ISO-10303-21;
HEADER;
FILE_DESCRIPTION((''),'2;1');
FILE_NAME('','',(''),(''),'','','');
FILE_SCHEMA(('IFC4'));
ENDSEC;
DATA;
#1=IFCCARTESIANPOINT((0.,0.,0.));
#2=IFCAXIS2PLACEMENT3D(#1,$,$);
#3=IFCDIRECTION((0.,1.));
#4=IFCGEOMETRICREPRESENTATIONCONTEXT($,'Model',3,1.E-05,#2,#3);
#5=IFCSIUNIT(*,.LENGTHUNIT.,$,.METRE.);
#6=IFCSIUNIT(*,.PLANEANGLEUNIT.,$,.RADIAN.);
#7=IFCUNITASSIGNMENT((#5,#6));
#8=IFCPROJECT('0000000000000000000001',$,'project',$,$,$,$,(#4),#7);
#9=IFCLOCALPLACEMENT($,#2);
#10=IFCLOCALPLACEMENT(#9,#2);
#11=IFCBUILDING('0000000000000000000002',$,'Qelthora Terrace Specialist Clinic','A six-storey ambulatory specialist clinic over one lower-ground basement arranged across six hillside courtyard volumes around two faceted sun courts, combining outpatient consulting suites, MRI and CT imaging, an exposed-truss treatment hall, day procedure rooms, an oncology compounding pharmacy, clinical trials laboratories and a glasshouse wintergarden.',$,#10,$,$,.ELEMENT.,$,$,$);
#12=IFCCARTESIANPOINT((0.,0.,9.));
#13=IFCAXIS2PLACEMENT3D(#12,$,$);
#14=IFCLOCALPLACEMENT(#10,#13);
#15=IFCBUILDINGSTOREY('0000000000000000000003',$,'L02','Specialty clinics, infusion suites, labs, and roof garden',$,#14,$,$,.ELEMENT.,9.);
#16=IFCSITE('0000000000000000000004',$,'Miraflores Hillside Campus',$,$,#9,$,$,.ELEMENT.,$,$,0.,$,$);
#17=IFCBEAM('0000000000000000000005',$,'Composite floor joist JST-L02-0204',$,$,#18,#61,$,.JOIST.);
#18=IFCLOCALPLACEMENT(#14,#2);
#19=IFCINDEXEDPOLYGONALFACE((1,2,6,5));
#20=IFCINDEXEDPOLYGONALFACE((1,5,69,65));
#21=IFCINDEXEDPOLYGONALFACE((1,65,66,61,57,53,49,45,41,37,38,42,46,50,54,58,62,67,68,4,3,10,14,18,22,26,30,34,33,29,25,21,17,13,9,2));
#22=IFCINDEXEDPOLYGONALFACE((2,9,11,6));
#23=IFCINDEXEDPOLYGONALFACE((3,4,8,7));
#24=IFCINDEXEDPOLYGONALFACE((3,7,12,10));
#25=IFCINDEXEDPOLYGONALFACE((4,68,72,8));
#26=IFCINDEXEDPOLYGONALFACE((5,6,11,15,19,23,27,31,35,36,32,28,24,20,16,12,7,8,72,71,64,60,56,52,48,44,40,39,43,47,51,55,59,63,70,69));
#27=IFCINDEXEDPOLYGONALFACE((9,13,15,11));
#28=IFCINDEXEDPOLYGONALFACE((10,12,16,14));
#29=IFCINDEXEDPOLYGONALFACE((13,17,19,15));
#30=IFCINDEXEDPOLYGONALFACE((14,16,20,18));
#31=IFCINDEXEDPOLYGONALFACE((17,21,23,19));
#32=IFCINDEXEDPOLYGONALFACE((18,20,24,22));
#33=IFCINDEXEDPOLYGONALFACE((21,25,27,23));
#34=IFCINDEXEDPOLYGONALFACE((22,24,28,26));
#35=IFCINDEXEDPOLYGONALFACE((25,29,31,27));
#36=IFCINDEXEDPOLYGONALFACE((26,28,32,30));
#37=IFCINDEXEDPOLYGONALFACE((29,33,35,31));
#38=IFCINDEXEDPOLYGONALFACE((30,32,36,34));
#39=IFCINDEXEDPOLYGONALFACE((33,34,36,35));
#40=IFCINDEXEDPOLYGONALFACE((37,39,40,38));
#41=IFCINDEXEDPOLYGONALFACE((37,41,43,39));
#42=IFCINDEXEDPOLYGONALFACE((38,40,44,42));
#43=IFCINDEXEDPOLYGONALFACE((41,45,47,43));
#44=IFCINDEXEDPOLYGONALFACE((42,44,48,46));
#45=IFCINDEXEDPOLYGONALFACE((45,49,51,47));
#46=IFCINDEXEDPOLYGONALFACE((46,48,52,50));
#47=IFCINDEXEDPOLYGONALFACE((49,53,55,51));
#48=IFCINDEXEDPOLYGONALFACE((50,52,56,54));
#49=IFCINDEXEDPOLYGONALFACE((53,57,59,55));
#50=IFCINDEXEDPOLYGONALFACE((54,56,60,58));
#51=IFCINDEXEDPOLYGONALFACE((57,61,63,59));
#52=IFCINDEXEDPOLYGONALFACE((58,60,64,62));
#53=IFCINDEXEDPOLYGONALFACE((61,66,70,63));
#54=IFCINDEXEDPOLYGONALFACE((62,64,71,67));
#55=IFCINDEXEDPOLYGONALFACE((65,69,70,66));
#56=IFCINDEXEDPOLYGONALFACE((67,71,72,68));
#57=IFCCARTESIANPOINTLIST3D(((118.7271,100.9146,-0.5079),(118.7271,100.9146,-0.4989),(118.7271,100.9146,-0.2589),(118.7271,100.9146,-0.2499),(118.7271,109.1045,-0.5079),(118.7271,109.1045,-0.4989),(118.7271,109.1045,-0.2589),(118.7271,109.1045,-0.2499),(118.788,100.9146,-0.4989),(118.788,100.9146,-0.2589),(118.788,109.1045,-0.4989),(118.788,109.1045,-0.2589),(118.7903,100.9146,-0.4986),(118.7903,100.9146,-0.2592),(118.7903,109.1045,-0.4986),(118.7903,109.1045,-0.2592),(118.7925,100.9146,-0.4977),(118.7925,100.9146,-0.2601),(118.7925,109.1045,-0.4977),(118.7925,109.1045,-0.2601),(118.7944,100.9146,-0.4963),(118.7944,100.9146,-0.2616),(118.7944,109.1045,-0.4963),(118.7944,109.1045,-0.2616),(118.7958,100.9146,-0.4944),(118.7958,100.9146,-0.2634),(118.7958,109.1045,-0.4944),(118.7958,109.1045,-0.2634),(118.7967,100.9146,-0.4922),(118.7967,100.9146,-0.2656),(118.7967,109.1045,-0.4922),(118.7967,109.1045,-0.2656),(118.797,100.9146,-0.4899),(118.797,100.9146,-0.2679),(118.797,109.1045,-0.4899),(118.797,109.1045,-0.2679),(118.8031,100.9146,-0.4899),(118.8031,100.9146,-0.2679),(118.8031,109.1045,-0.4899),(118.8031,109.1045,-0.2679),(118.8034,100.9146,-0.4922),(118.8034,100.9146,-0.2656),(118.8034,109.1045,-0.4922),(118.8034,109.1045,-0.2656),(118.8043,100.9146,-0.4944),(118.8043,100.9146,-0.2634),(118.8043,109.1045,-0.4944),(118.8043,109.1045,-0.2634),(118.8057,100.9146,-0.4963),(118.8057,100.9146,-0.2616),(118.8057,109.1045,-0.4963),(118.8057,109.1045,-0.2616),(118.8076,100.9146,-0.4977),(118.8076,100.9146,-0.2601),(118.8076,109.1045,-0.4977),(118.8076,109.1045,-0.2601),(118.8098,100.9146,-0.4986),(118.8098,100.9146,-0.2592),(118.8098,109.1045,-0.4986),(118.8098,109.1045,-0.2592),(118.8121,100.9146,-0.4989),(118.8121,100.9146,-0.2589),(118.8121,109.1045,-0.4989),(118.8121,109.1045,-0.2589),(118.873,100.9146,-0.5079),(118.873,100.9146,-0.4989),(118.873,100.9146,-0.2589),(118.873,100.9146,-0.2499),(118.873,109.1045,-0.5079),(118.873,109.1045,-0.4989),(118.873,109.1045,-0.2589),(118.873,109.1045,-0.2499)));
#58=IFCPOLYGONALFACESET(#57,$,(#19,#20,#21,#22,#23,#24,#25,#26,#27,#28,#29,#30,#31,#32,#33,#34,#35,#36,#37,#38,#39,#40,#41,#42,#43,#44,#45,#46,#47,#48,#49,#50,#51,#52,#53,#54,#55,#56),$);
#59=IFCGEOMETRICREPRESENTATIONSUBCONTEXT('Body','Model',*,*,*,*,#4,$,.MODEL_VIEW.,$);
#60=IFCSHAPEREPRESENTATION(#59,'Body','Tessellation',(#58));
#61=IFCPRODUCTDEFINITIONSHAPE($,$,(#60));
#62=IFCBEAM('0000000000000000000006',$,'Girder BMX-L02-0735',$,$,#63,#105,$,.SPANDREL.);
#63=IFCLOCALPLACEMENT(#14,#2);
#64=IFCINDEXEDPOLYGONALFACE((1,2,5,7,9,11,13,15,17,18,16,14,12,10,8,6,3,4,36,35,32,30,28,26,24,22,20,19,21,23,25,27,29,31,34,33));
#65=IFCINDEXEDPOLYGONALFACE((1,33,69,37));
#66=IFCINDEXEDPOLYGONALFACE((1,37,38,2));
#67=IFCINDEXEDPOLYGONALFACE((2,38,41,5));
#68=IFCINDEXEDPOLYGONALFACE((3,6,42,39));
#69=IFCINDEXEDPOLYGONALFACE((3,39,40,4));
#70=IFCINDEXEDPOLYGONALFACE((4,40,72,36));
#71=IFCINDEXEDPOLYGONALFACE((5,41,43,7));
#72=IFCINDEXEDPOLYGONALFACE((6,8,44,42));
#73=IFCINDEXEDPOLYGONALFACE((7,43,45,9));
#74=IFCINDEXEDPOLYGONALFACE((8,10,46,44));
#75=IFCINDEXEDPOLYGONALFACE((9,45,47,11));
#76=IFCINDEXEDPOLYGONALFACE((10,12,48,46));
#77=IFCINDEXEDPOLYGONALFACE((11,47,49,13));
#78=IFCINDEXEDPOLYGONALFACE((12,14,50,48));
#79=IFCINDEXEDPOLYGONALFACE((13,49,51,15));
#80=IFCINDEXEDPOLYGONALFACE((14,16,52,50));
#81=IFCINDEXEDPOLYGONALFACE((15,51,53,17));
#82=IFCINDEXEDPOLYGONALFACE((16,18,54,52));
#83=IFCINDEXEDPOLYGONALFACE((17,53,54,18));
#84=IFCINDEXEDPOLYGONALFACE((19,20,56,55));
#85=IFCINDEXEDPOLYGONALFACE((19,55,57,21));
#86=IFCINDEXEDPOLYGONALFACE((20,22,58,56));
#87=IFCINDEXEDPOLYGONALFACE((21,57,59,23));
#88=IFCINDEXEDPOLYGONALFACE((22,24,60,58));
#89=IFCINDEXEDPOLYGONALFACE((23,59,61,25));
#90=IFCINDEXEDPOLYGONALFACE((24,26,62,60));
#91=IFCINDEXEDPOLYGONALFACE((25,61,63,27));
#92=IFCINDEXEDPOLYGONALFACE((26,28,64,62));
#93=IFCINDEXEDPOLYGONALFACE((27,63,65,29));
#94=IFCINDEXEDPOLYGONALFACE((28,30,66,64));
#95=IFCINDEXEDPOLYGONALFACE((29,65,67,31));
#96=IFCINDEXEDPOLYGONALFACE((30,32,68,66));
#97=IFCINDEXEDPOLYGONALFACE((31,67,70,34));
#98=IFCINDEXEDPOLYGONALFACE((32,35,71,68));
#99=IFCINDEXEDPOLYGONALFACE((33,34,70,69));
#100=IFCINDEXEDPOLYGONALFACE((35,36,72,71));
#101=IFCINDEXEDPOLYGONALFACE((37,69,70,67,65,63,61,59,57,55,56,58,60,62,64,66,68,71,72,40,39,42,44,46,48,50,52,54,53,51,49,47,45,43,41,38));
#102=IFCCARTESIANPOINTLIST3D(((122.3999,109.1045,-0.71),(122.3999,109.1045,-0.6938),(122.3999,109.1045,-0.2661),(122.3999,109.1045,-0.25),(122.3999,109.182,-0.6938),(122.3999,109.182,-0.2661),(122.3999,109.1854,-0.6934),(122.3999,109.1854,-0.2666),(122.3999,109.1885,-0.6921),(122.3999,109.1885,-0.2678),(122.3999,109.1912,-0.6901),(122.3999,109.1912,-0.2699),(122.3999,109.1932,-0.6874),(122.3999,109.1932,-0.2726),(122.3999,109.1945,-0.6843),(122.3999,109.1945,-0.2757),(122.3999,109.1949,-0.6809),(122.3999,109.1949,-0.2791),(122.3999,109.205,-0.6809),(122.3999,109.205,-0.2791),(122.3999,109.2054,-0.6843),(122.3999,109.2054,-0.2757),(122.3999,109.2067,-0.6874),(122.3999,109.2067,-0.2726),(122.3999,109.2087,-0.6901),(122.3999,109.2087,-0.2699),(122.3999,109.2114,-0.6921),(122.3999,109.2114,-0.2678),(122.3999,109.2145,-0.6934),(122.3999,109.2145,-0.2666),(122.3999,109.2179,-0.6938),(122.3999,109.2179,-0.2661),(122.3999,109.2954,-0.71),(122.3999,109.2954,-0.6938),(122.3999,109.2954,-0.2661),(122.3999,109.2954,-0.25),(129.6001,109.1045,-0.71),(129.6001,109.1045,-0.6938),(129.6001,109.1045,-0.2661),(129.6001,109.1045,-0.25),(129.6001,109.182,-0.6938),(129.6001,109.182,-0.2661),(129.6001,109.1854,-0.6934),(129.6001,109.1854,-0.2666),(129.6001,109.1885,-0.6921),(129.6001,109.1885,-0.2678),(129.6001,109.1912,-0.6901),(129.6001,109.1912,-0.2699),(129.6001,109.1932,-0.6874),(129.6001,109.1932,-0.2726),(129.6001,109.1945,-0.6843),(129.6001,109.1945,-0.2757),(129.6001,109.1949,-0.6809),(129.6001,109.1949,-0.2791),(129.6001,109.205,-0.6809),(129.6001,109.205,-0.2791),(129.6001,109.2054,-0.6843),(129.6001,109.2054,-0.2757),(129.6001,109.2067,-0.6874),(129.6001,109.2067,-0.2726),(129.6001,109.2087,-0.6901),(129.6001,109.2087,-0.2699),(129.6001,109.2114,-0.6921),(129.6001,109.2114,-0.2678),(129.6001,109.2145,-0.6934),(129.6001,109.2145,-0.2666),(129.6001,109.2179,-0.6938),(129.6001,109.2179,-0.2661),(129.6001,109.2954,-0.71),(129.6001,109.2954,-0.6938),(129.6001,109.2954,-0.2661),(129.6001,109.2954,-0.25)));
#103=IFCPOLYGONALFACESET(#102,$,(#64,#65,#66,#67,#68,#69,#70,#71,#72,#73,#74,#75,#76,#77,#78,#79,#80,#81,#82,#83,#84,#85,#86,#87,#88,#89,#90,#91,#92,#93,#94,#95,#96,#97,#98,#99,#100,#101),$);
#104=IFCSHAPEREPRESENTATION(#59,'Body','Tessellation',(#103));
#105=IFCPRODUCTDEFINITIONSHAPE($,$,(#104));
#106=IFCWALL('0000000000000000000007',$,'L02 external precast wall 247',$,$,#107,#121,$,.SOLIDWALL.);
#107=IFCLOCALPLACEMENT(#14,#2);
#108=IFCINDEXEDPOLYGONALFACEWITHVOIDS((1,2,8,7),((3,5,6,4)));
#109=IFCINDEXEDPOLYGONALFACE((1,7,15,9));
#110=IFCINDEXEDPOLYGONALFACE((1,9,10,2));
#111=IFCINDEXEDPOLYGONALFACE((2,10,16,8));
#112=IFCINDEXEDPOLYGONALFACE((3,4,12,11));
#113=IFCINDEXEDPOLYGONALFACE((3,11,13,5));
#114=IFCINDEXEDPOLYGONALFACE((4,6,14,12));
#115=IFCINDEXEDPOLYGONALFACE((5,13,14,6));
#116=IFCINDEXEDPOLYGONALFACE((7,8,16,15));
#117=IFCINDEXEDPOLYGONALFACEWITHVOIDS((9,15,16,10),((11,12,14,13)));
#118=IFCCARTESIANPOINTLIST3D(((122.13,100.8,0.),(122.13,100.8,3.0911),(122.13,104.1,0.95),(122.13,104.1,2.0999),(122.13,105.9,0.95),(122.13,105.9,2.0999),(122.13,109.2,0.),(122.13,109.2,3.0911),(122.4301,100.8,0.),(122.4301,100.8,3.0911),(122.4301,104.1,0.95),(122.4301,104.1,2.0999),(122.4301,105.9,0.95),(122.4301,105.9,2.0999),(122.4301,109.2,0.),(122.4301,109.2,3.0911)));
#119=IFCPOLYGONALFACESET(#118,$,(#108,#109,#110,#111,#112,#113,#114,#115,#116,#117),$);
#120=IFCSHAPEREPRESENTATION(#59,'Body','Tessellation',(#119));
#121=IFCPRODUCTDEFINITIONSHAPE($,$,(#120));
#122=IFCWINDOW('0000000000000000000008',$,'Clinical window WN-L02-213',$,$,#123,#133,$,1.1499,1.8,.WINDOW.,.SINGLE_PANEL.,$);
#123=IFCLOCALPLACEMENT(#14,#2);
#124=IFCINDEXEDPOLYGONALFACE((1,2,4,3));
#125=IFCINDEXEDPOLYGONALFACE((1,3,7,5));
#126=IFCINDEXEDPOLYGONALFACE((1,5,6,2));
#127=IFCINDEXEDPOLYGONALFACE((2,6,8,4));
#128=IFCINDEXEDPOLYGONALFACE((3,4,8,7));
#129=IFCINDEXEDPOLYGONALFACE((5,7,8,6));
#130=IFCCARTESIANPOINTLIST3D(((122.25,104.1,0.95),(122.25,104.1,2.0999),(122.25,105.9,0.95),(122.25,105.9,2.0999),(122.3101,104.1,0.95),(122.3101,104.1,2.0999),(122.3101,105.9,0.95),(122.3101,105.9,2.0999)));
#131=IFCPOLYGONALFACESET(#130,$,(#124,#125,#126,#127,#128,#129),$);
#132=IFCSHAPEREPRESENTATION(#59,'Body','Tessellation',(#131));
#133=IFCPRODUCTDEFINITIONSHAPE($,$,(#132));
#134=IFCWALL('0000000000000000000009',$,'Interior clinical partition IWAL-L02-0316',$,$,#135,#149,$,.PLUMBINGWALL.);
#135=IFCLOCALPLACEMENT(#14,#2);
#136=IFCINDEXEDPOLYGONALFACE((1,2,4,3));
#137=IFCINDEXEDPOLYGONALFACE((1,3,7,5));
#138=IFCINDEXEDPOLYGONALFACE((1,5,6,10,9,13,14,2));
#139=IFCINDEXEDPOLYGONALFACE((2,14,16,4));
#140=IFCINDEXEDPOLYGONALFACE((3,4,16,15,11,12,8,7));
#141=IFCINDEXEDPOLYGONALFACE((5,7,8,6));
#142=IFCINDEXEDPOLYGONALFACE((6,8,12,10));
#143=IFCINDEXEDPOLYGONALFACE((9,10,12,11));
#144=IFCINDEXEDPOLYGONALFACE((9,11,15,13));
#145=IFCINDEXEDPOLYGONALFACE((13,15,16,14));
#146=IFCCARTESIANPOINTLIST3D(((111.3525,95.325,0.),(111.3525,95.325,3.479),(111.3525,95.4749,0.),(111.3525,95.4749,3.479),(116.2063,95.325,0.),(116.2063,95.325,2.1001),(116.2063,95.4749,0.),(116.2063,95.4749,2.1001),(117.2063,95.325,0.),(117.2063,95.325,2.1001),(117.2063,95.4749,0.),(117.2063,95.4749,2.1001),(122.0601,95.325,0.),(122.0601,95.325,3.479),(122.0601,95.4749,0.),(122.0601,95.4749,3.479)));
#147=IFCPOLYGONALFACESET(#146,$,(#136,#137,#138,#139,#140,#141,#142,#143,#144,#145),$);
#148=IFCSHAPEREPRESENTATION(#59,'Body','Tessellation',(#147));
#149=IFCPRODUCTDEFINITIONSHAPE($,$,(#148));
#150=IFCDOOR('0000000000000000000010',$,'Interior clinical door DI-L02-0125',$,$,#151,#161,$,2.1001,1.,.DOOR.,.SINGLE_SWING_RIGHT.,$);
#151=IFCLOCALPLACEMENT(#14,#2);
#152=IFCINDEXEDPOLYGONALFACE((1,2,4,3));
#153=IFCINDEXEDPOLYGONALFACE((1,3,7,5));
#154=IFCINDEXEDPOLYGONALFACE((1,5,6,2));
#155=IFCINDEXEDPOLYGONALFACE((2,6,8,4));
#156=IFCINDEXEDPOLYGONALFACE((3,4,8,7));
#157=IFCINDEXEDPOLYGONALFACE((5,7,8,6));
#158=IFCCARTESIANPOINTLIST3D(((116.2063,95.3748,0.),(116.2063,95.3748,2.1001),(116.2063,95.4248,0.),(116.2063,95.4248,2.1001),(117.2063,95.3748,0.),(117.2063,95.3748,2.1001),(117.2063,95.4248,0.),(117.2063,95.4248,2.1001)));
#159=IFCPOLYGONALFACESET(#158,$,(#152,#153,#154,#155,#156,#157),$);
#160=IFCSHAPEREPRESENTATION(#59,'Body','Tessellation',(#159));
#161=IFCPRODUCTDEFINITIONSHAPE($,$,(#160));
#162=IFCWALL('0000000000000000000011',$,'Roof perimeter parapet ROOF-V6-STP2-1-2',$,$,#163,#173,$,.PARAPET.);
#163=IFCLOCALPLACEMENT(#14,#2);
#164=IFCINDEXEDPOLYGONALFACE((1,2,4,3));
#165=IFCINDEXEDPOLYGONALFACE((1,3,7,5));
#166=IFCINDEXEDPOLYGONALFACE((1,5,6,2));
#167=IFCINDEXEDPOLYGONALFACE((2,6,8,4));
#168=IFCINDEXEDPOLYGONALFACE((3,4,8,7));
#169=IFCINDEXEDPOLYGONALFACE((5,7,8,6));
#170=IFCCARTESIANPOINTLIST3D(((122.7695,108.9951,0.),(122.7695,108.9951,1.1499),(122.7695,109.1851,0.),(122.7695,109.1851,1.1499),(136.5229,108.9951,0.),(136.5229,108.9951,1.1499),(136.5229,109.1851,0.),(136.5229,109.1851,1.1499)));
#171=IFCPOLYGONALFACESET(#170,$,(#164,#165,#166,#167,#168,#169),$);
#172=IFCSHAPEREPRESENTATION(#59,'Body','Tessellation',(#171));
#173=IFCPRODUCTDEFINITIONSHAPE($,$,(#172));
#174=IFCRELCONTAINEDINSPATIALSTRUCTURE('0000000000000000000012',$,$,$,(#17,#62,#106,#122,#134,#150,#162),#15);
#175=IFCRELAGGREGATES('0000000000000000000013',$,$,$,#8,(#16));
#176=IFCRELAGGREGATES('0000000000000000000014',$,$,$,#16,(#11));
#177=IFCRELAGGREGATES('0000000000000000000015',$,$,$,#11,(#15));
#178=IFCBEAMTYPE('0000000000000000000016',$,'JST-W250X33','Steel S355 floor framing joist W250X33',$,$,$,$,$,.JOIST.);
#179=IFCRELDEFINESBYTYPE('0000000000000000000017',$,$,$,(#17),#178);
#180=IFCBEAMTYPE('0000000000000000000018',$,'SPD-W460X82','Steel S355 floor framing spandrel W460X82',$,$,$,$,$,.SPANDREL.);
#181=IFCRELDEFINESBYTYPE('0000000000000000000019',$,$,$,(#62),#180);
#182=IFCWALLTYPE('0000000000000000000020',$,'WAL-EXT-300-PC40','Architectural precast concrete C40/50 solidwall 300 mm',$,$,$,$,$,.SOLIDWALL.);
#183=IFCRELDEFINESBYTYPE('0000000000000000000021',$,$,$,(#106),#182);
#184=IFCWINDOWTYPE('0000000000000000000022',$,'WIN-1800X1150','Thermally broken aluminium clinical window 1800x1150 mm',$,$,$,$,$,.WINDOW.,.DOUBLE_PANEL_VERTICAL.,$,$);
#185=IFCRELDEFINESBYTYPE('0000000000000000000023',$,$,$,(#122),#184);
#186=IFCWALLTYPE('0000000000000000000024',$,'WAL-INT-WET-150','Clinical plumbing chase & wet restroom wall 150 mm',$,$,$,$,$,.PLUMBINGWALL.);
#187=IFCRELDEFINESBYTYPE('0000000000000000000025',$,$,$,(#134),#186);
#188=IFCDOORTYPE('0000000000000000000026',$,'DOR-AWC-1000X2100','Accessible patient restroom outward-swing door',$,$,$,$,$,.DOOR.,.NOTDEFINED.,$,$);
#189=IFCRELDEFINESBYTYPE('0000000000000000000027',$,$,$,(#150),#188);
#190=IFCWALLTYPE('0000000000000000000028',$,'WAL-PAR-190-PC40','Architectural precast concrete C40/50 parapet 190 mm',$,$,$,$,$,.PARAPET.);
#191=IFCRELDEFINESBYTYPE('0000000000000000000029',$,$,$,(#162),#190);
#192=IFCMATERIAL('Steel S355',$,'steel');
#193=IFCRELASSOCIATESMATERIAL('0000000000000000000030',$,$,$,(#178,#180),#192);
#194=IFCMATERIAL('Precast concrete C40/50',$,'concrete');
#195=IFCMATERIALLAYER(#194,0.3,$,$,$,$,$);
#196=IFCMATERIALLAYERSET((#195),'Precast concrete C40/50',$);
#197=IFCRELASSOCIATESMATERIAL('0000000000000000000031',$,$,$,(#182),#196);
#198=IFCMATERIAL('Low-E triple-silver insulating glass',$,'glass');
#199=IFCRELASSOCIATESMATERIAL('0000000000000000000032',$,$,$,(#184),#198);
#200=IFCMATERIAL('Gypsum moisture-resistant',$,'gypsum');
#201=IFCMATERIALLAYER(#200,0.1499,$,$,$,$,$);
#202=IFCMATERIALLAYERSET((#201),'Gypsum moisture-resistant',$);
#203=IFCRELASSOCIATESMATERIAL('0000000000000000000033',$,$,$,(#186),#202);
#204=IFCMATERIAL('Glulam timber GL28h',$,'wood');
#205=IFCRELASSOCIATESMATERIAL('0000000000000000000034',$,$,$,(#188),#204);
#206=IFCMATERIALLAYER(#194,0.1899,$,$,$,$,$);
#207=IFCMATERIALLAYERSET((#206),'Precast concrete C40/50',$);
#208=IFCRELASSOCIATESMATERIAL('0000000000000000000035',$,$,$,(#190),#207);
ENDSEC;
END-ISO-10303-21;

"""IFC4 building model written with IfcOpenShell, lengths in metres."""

from ifc_helpers import new_model, si_unit, direction, frame, frame_2d, origin, origin_2d, place, context, subcontext, project, spatial, rectangle, i_section, extrude, material, layer, layer_set, material_profile, profile_set, type_object, element, fill, save


model = new_model("IFC4")

# Units and contexts
model_context = context("Model", 3, precision=1e-05, world=origin(), true_north=direction((0.0, 1.0)))
body_context = subcontext(model_context, "Body", "Model", "MODEL_VIEW")
ifc_project = project(units=[si_unit("LENGTHUNIT", "METRE"), si_unit("PLANEANGLEUNIT", "RADIAN")], contexts=[model_context])

# Site, building, storey
site_placement = place(None, origin())
site = spatial("IfcSite", under=ifc_project, at=site_placement, Name="Miraflores Hillside Campus", CompositionType="ELEMENT", RefElevation=0.0)
building_placement = place(site_placement, origin())
building = spatial("IfcBuilding", under=site, at=building_placement, Name="Qelthora Terrace Specialist Clinic", Description="A six-storey ambulatory specialist clinic over one lower-ground basement arranged across six hillside courtyard volumes around two faceted sun courts, combining outpatient consulting suites, MRI and CT imaging, an exposed-truss treatment hall, day procedure rooms, an oncology compounding pharmacy, clinical trials laboratories and a glasshouse wintergarden.", CompositionType="ELEMENT")
storey_placement = place(building_placement, frame((0.0, 0.0, 9.0)))
storey = spatial("IfcBuildingStorey", under=building, at=storey_placement, Name="L02", Description="Specialty clinics, infusion suites, labs, and roof garden", CompositionType="ELEMENT", Elevation=9.0)

# Shared definitions
ifc_material_1 = material(Name="Steel S355", Category="steel")

# Beams
ifc_material_profile_1 = material_profile(ifc_material_1, i_section(OverallWidth=0.146, OverallDepth=0.2581, WebThickness=0.0061, FlangeThickness=0.009, FilletRadius=0.009, at=origin_2d()), Name="W250X33")
ifc_profile_set_1 = profile_set([ifc_material_profile_1], Name="Steel S355")
beam_type_1 = type_object("IfcBeamType", Name="JST-W250X33", Description="Steel S355 floor framing joist W250X33", PredefinedType="JOIST", material=ifc_profile_set_1)
beam_1_placement = place(storey_placement, frame((118.8, 100.9146, -0.3789), z_axis=(0.0, 1.0, 0.0), x_axis=(-1.0, 0.0, 0.0)))
element("IfcBeam", 1, at=beam_1_placement, inside=storey, type_object=beam_type_1, Name="Composite floor joist JST-L02-0204", PredefinedType="JOIST", context=body_context, shape_type="SweptSolid", body=[
    extrude(i_section(OverallWidth=0.146, OverallDepth=0.2581, WebThickness=0.0061, FlangeThickness=0.009, FilletRadius=0.009, at=origin_2d()), origin(), (0.0, 0.0, 1.0), 8.1899),
])
ifc_material_profile_2 = material_profile(ifc_material_1, i_section(OverallWidth=0.1909, OverallDepth=0.46, WebThickness=0.01, FlangeThickness=0.0161, FilletRadius=0.0129, at=origin_2d()), Name="W460X82")
ifc_profile_set_2 = profile_set([ifc_material_profile_2], Name="Steel S355")
beam_type_2 = type_object("IfcBeamType", Name="SPD-W460X82", Description="Steel S355 floor framing spandrel W460X82", PredefinedType="SPANDREL", material=ifc_profile_set_2)
beam_2_placement = place(storey_placement, frame((122.3999, 109.2, -0.48), z_axis=(1.0, 0.0, 0.0), x_axis=(0.0, 1.0, 0.0)))
element("IfcBeam", 2, at=beam_2_placement, inside=storey, type_object=beam_type_2, Name="Girder BMX-L02-0735", PredefinedType="SPANDREL", context=body_context, shape_type="SweptSolid", body=[
    extrude(i_section(OverallWidth=0.1909, OverallDepth=0.46, WebThickness=0.01, FlangeThickness=0.0161, FilletRadius=0.0129, at=origin_2d()), origin(), (0.0, 0.0, 1.0), 7.2002),
])

# Wall, opening, window
ifc_material_2 = material(Name="Precast concrete C40/50", Category="concrete")
ifc_layer_1 = layer(ifc_material_2, 0.3)
ifc_layer_set_1 = layer_set([ifc_layer_1], Name="Precast concrete C40/50")
wall_type_1 = type_object("IfcWallType", Name="WAL-EXT-300-PC40", Description="Architectural precast concrete C40/50 solidwall 300 mm", PredefinedType="SOLIDWALL", material=ifc_layer_set_1)
wall_1_placement = place(storey_placement, frame((122.28, 100.8, 0.0), z_axis=(0.0, 0.0, 1.0), x_axis=(0.0, 1.0, 0.0)))
wall_1 = element("IfcWall", 3, at=wall_1_placement, inside=storey, type_object=wall_type_1, Name="L02 external precast wall 247", PredefinedType="SOLIDWALL", context=body_context, shape_type="SweptSolid", body=[
    extrude(rectangle(XDim=8.3999, YDim=0.3, at=frame_2d((4.2, 0.0))), origin(), (0.0, 0.0, 1.0), 3.0911),
])
opening_1_placement = place(wall_1_placement, frame((3.3, 0.0, 0.95)))
opening_1 = element("IfcOpeningElement", 4, at=opening_1_placement, cuts=wall_1, PredefinedType="OPENING", context=body_context, shape_type="SweptSolid", body=[
    extrude(rectangle(XDim=1.8, YDim=1.1499, at=frame_2d((0.8999, 0.575))), frame((0.0, 0.1599, 0.0), z_axis=(0.0, -1.0, 0.0), x_axis=(1.0, 0.0, 0.0)), (0.0, 0.0, 1.0), 0.3201),
])
ifc_material_3 = material(Name="Low-E triple-silver insulating glass", Category="glass")
window_type = type_object("IfcWindowType", Name="WIN-1800X1150", Description="Thermally broken aluminium clinical window 1800x1150 mm", PartitioningType="DOUBLE_PANEL_VERTICAL", PredefinedType="WINDOW", material=ifc_material_3)
window_placement = place(opening_1_placement, origin())
window = element("IfcWindow", 5, at=window_placement, inside=storey, type_object=window_type, Name="Clinical window WN-L02-213", OverallHeight=1.1499, OverallWidth=1.8, PartitioningType="SINGLE_PANEL", PredefinedType="WINDOW", context=body_context, shape_type="SweptSolid", body=[
    extrude(rectangle(XDim=1.8, YDim=1.1499, at=frame_2d((0.8999, 0.575))), frame((0.0, 0.03, 0.0), z_axis=(0.0, -1.0, 0.0), x_axis=(1.0, 0.0, 0.0)), (0.0, 0.0, 1.0), 0.0601),
])
fill(opening_1, window)

# Wall, opening, door
ifc_material_4 = material(Name="Gypsum moisture-resistant", Category="gypsum")
ifc_layer_2 = layer(ifc_material_4, 0.1499)
ifc_layer_set_2 = layer_set([ifc_layer_2], Name="Gypsum moisture-resistant")
wall_type_2 = type_object("IfcWallType", Name="WAL-INT-WET-150", Description="Clinical plumbing chase & wet restroom wall 150 mm", PredefinedType="PLUMBINGWALL", material=ifc_layer_set_2)
wall_2_placement = place(storey_placement, frame((122.0601, 95.3999, 0.0), z_axis=(0.0, 0.0, 1.0), x_axis=(-1.0, 0.0, 0.0)))
wall_2 = element("IfcWall", 6, at=wall_2_placement, inside=storey, type_object=wall_type_2, Name="Interior clinical partition IWAL-L02-0316", PredefinedType="PLUMBINGWALL", context=body_context, shape_type="SweptSolid", body=[
    extrude(rectangle(XDim=10.7075, YDim=0.1499, at=frame_2d((5.3538, 0.0))), origin(), (0.0, 0.0, 1.0), 3.479),
])
opening_2_placement = place(wall_2_placement, frame((4.8538, 0.0, 0.0)))
opening_2 = element("IfcOpeningElement", 7, at=opening_2_placement, cuts=wall_2, PredefinedType="OPENING", context=body_context, shape_type="SweptSolid", body=[
    extrude(rectangle(XDim=1.0, YDim=2.1001, at=frame_2d((0.5, 1.05))), frame((0.0, 0.085, 0.0), z_axis=(0.0, -1.0, 0.0), x_axis=(1.0, 0.0, 0.0)), (0.0, 0.0, 1.0), 0.1699),
])
ifc_material_5 = material(Name="Glulam timber GL28h", Category="wood")
door_type = type_object("IfcDoorType", Name="DOR-AWC-1000X2100", Description="Accessible patient restroom outward-swing door", OperationType="NOTDEFINED", PredefinedType="DOOR", material=ifc_material_5)
door_placement = place(opening_2_placement, frame((1.0, 0.0, 0.0), z_axis=(0.0, 0.0, 1.0), x_axis=(-1.0, 0.0, 0.0)))
door = element("IfcDoor", 8, at=door_placement, inside=storey, type_object=door_type, Name="Interior clinical door DI-L02-0125", OperationType="SINGLE_SWING_RIGHT", OverallHeight=2.1001, OverallWidth=1.0, PredefinedType="DOOR", context=body_context, shape_type="SweptSolid", body=[
    extrude(rectangle(XDim=1.0, YDim=2.1001, at=frame_2d((0.5, 1.05))), frame((0.0, 0.0249, 0.0), z_axis=(0.0, -1.0, 0.0), x_axis=(1.0, 0.0, 0.0)), (0.0, 0.0, 1.0), 0.05),
])
fill(opening_2, door)

# Wall
ifc_layer_3 = layer(ifc_material_2, 0.1899)
ifc_layer_set_3 = layer_set([ifc_layer_3], Name="Precast concrete C40/50")
wall_type_3 = type_object("IfcWallType", Name="WAL-PAR-190-PC40", Description="Architectural precast concrete C40/50 parapet 190 mm", PredefinedType="PARAPET", material=ifc_layer_set_3)
wall_3_placement = place(storey_placement, frame((122.7695, 109.0901, 0.0), z_axis=(0.0, 0.0, 1.0), x_axis=(1.0, 0.0, 0.0)))
element("IfcWall", 9, at=wall_3_placement, inside=storey, type_object=wall_type_3, Name="Roof perimeter parapet ROOF-V6-STP2-1-2", PredefinedType="PARAPET", context=body_context, shape_type="SweptSolid", body=[
    extrude(rectangle(XDim=13.7534, YDim=0.1899, at=frame_2d((6.8767, 0.0))), origin(), (0.0, 0.0, 1.0), 1.1499),
])

save(model, "model.ifc")
